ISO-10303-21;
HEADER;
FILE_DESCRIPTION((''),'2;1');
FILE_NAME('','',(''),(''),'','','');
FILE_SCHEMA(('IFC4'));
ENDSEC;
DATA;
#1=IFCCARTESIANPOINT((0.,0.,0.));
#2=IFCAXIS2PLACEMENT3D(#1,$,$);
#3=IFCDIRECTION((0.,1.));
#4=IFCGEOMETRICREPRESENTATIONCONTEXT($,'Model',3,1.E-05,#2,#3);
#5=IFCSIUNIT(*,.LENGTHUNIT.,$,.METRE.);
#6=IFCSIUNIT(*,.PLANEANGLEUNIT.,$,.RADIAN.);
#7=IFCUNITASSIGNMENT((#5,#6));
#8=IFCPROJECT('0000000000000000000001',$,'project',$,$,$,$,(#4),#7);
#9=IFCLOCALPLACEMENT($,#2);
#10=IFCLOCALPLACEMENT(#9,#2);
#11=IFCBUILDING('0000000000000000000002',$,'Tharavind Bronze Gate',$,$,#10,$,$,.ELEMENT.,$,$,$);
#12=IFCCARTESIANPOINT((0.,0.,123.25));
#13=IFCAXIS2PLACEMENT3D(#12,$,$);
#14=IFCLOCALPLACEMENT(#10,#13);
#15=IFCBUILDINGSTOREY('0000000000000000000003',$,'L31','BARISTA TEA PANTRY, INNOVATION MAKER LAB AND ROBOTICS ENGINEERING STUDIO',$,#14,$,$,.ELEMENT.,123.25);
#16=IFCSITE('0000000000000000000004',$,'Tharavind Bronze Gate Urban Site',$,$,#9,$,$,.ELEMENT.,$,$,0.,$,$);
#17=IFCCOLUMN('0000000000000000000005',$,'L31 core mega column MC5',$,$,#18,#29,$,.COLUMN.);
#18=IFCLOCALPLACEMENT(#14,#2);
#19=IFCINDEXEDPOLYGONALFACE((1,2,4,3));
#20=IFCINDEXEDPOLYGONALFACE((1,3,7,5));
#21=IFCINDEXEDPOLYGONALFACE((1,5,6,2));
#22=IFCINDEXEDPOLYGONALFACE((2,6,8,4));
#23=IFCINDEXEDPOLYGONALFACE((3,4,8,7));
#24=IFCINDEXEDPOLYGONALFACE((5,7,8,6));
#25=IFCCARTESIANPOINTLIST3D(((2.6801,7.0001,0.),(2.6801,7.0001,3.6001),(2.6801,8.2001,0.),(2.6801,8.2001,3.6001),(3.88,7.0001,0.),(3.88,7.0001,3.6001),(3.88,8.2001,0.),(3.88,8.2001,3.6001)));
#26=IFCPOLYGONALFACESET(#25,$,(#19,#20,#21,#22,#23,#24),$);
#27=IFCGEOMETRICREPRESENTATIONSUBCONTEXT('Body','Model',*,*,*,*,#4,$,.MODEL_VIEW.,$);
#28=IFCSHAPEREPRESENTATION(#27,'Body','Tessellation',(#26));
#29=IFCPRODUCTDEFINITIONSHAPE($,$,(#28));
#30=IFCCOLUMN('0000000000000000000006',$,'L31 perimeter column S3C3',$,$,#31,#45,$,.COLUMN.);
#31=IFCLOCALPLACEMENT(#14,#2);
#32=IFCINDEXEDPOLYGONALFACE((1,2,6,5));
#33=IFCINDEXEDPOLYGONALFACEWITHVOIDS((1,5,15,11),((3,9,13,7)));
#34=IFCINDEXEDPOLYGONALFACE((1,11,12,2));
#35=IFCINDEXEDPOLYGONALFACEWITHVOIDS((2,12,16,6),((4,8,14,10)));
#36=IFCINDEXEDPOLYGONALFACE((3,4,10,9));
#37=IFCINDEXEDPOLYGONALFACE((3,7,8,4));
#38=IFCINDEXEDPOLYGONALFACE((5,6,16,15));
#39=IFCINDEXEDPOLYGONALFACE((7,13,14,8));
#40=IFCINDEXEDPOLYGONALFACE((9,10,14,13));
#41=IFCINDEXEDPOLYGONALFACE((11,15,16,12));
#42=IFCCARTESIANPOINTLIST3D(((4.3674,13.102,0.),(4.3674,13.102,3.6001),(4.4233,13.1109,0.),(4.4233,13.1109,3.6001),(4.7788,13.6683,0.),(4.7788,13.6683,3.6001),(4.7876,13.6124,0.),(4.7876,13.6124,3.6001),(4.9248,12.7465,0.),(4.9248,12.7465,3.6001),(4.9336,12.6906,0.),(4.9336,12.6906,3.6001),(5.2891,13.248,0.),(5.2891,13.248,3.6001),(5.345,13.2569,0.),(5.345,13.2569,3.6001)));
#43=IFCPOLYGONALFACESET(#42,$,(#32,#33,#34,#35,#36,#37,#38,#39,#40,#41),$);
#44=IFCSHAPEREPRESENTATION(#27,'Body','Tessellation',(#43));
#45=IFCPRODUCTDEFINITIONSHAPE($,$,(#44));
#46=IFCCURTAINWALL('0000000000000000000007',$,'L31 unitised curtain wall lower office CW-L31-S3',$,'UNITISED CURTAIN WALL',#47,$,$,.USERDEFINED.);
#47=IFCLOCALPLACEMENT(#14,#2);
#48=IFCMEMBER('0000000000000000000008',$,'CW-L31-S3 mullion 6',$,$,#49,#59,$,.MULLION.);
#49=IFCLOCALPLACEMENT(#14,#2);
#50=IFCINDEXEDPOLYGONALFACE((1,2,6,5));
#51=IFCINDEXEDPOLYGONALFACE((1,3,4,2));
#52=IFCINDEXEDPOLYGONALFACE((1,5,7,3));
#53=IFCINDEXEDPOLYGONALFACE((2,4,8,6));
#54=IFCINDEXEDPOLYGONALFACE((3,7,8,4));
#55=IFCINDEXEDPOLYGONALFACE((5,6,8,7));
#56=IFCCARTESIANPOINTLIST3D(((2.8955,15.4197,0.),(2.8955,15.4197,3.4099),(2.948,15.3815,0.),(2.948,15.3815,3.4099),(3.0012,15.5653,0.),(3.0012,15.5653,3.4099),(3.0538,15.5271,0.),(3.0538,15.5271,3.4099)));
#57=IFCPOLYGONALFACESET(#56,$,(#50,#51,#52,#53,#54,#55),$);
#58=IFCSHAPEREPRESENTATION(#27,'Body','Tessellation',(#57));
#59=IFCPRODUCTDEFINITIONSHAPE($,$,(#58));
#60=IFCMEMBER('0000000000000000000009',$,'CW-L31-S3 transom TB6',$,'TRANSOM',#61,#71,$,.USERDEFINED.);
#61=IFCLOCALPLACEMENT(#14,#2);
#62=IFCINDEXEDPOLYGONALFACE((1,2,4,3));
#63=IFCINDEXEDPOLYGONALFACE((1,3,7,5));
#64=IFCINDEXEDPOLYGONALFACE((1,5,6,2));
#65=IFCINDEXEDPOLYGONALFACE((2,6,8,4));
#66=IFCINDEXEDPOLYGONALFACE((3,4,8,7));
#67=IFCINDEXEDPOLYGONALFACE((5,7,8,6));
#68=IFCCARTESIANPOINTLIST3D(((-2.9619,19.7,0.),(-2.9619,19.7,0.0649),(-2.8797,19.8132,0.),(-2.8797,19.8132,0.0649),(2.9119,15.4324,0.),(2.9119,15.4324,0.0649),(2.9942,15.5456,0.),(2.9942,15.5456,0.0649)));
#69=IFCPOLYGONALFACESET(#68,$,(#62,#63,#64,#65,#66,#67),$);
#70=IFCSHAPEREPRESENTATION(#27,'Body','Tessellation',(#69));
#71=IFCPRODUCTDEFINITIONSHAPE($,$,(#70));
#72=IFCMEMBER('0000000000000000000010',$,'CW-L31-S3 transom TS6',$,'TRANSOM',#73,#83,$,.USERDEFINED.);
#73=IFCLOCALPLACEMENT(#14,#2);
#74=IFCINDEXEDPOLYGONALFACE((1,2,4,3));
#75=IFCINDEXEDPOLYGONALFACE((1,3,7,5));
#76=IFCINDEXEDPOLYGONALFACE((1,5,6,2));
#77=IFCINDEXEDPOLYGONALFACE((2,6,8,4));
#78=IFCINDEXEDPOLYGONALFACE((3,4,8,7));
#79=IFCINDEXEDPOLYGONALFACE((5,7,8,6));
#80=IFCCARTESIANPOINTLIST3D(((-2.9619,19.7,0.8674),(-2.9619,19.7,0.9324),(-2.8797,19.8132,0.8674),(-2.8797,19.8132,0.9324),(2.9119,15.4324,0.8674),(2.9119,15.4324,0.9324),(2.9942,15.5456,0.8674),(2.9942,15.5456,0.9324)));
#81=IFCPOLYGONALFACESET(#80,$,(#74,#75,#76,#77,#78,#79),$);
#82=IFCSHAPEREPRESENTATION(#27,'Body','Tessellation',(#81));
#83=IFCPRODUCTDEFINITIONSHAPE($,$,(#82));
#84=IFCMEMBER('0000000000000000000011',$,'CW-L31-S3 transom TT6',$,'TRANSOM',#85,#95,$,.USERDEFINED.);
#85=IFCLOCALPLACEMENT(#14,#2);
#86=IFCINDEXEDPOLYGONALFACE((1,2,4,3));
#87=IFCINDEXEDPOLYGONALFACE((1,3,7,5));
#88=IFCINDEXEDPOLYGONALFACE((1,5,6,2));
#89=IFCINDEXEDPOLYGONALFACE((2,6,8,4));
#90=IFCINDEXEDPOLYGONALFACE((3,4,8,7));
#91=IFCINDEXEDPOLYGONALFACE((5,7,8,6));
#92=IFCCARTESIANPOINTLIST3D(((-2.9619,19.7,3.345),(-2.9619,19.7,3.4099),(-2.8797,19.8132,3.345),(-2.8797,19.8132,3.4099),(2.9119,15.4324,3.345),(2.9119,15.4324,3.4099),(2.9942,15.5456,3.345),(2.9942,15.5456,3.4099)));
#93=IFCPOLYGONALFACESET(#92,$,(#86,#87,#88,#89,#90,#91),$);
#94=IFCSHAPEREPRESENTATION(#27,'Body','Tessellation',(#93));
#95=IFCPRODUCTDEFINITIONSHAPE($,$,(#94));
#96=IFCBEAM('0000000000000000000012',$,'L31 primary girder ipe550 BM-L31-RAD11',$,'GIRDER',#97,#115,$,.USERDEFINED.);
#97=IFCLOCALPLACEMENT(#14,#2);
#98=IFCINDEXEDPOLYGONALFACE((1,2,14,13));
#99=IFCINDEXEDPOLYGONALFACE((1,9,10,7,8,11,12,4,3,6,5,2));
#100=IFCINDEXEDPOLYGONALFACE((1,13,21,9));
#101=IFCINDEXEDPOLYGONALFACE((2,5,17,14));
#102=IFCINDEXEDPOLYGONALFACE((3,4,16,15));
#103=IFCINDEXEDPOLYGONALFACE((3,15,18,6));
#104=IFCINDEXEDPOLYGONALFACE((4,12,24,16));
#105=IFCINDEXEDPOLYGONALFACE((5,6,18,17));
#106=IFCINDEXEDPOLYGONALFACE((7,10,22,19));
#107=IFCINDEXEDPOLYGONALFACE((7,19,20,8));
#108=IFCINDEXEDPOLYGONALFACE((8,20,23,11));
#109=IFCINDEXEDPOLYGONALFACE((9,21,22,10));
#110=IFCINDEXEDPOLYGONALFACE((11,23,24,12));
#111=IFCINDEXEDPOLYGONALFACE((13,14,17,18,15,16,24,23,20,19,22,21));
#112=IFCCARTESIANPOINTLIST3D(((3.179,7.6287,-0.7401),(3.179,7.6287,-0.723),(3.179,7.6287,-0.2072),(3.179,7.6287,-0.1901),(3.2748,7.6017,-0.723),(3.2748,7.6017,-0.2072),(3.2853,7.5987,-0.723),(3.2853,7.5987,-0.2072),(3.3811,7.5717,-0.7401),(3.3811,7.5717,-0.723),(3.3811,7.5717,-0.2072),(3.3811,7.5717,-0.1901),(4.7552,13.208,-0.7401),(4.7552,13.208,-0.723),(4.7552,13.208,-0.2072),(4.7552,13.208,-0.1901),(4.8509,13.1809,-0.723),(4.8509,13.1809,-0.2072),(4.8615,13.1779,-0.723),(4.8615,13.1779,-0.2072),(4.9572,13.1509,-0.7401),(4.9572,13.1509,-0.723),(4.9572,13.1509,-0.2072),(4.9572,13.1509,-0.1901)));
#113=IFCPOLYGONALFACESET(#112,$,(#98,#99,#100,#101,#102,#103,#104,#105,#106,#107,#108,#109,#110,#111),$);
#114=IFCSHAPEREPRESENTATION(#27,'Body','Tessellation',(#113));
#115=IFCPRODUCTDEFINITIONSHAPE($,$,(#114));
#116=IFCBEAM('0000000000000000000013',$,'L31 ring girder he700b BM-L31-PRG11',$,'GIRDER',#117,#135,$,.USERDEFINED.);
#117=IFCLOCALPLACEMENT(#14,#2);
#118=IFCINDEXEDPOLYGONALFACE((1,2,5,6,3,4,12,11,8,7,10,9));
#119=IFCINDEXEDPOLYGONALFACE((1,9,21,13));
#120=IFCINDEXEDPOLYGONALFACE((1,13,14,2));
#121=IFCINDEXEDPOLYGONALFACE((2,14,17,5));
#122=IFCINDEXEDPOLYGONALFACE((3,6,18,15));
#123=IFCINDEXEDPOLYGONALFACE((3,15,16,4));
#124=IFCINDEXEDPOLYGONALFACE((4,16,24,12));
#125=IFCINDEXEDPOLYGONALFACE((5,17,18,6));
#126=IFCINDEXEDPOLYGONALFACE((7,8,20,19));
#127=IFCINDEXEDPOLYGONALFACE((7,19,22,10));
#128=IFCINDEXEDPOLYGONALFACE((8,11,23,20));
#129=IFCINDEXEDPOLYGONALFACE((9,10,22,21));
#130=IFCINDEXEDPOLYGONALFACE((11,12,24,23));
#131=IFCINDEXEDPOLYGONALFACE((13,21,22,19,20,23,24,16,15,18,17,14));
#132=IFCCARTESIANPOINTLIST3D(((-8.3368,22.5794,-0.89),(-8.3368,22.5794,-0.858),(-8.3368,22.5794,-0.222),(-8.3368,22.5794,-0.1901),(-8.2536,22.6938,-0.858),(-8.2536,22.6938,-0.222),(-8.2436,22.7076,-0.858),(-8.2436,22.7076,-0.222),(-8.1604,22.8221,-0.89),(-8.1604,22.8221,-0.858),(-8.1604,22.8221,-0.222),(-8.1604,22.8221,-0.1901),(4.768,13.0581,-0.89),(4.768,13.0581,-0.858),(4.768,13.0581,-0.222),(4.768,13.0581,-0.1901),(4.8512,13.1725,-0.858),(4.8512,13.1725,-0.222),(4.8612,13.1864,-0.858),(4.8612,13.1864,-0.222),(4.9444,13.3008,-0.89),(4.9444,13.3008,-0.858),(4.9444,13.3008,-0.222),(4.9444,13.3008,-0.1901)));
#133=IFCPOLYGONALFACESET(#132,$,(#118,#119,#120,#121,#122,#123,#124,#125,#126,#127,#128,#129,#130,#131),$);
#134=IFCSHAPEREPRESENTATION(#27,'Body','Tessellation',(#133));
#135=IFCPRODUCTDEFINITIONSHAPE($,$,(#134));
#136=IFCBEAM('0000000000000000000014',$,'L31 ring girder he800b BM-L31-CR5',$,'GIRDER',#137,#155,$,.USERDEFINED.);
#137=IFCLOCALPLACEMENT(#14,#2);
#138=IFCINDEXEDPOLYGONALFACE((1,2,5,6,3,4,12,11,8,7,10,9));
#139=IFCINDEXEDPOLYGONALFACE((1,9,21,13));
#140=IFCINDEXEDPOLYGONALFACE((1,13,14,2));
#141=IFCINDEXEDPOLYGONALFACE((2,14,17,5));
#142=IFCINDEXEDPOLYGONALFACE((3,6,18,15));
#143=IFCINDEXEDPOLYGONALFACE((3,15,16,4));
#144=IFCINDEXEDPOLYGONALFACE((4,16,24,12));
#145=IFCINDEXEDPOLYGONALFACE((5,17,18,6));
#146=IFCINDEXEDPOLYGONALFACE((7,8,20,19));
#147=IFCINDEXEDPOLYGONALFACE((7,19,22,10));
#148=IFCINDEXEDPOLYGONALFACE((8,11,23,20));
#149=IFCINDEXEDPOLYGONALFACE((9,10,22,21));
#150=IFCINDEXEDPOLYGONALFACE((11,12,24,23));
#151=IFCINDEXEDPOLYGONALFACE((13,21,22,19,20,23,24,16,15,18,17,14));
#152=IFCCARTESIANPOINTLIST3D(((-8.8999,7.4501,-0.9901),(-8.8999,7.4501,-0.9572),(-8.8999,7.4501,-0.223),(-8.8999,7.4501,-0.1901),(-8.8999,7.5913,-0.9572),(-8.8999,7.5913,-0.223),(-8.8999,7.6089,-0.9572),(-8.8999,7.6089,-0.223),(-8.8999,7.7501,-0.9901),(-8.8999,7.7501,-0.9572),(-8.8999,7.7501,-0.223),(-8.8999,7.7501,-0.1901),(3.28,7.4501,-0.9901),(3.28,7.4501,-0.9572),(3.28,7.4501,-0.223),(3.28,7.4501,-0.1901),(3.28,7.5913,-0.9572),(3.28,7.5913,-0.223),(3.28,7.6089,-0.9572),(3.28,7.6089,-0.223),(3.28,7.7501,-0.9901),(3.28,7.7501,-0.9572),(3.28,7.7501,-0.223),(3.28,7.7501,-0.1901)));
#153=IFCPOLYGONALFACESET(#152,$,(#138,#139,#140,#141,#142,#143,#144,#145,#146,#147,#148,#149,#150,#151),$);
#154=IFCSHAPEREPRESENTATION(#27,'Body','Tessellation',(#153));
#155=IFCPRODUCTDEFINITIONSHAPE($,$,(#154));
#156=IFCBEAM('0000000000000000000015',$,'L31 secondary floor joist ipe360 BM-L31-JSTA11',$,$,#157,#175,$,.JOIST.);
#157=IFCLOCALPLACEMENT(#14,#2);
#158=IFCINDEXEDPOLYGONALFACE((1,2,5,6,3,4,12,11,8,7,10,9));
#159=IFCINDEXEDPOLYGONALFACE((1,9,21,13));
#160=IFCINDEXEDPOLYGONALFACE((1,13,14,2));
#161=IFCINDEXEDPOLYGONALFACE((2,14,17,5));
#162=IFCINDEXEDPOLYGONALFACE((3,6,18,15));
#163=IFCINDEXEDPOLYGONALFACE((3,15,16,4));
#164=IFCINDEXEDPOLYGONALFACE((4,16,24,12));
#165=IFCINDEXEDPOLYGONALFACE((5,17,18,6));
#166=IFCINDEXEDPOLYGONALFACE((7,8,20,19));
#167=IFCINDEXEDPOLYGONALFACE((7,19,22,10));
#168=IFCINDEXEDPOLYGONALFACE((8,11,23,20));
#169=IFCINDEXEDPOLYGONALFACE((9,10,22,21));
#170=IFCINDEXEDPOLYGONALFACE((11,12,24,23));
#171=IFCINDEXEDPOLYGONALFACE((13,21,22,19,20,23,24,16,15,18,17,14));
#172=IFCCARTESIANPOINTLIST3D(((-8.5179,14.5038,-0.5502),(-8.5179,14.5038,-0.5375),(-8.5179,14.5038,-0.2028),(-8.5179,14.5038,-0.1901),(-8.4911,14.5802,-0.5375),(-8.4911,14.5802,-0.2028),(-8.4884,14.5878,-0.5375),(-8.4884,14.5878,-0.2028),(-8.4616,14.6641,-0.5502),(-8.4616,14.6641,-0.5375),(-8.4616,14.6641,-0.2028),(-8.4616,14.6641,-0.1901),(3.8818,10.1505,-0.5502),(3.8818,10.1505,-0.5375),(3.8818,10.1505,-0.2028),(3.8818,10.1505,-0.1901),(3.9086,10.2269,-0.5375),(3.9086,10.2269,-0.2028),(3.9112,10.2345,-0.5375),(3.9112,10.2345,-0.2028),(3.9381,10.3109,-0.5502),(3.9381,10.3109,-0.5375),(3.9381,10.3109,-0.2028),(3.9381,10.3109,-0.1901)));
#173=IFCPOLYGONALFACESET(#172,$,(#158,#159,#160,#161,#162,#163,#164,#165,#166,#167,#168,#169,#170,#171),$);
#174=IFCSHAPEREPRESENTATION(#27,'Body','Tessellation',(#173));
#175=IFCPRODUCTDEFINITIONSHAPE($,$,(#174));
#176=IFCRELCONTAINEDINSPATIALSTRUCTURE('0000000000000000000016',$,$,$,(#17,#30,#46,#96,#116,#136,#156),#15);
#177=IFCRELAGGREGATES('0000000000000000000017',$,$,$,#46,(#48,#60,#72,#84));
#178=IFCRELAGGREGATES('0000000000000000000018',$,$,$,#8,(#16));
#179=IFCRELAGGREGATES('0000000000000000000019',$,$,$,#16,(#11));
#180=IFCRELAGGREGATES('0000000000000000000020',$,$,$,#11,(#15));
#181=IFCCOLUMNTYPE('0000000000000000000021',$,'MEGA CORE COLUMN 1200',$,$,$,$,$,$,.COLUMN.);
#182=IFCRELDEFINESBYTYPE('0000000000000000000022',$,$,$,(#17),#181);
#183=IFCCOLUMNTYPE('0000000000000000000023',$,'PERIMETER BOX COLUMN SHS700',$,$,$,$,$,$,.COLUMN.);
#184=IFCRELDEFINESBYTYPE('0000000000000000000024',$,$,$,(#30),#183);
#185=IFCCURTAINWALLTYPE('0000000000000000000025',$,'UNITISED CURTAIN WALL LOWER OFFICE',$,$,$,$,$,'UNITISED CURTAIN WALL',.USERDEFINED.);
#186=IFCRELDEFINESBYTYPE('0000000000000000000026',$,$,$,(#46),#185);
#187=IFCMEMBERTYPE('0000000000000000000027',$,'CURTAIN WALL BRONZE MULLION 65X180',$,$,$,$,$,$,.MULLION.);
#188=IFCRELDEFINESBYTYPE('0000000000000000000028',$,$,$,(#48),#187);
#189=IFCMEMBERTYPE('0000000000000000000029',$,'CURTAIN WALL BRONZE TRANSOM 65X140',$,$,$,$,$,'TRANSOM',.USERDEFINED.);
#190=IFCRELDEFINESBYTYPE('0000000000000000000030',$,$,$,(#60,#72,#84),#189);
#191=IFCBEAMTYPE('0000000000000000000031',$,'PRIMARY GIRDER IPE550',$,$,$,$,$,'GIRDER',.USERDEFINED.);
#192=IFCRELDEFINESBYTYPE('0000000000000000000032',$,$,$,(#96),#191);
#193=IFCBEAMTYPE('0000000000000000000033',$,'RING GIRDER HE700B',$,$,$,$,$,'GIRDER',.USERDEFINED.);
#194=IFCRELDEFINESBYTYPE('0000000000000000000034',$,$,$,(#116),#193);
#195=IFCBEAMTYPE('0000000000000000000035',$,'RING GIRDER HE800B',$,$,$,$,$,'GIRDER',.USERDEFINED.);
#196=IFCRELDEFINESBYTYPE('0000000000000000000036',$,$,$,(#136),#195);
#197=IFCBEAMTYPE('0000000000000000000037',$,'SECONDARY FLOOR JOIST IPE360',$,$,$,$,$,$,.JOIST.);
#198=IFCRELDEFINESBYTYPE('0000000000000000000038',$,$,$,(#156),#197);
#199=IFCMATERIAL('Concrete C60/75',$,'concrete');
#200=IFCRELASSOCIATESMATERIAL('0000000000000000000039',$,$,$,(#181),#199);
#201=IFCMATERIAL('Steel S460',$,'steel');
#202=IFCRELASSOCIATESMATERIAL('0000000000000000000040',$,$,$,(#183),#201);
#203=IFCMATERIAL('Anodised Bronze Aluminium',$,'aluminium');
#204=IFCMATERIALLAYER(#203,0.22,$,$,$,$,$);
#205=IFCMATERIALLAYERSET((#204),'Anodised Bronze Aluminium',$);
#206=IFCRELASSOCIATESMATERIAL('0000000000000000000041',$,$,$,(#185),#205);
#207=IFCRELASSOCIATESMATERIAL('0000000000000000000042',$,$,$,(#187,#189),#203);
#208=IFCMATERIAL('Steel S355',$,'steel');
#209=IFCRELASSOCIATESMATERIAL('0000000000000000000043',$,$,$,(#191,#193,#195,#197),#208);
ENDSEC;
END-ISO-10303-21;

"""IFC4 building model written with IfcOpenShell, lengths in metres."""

from ifc_helpers import new_model, si_unit, direction, frame, origin, origin_2d, place, context, subcontext, project, spatial, rectangle, hollow_rectangle, i_section, extrude, material, layer, layer_set, material_profile, profile_set, type_object, element, aggregate, save


model = new_model("IFC4")

# Units and contexts
model_context = context("Model", 3, precision=1e-05, world=origin(), true_north=direction((0.0, 1.0)))
body_context = subcontext(model_context, "Body", "Model", "MODEL_VIEW")
ifc_project = project(units=[si_unit("LENGTHUNIT", "METRE"), si_unit("PLANEANGLEUNIT", "RADIAN")], contexts=[model_context])

# Site, building, storey
site_placement = place(None, origin())
site = spatial("IfcSite", under=ifc_project, at=site_placement, Name="Tharavind Bronze Gate Urban Site", CompositionType="ELEMENT", RefElevation=0.0)
building_placement = place(site_placement, origin())
building = spatial("IfcBuilding", under=site, at=building_placement, Name="Tharavind Bronze Gate", CompositionType="ELEMENT")
storey_placement = place(building_placement, frame((0.0, 0.0, 123.25)))
storey = spatial("IfcBuildingStorey", under=building, at=storey_placement, Name="L31", Description="BARISTA TEA PANTRY, INNOVATION MAKER LAB AND ROBOTICS ENGINEERING STUDIO", CompositionType="ELEMENT", Elevation=123.25)

# Columns
ifc_material_1 = material(Name="Concrete C60/75", Category="concrete")
ifc_material_profile_1 = material_profile(ifc_material_1, rectangle(XDim=1.2, YDim=1.2, at=origin_2d()), Name="RCCOL1200")
ifc_profile_set_1 = profile_set([ifc_material_profile_1], Name="Concrete C60/75")
column_type_1 = type_object("IfcColumnType", Name="MEGA CORE COLUMN 1200", PredefinedType="COLUMN", material=ifc_profile_set_1)
column_1_placement = place(storey_placement, frame((3.28, 7.6001, 0.0), z_axis=(0.0, 0.0, 1.0), x_axis=(1.0, 0.0, 0.0)))
element("IfcColumn", 1, at=column_1_placement, inside=storey, type_object=column_type_1, Name="L31 core mega column MC5", PredefinedType="COLUMN", context=body_context, shape_type="SweptSolid", body=[
    extrude(rectangle(XDim=1.2, YDim=1.2, at=origin_2d()), origin(), (0.0, 0.0, 1.0), 3.6001),
])
ifc_material_2 = material(Name="Steel S460", Category="steel")
ifc_material_profile_2 = material_profile(ifc_material_2, hollow_rectangle(XDim=0.7, YDim=0.7, WallThickness=0.04, at=origin_2d()), Name="SHS700X40")
ifc_profile_set_2 = profile_set([ifc_material_profile_2], Name="Steel S460")
column_type_2 = type_object("IfcColumnType", Name="PERIMETER BOX COLUMN SHS700", PredefinedType="COLUMN", material=ifc_profile_set_2)
column_2_placement = place(storey_placement, frame((4.8562, 13.1794, 0.0), z_axis=(0.0, 0.0, 1.0), x_axis=(-0.809017, 0.587785, 0.0)))
element("IfcColumn", 2, at=column_2_placement, inside=storey, type_object=column_type_2, Name="L31 perimeter column S3C3", PredefinedType="COLUMN", context=body_context, shape_type="SweptSolid", body=[
    extrude(hollow_rectangle(XDim=0.7, YDim=0.7, WallThickness=0.04, at=origin_2d()), origin(), (0.0, 0.0, 1.0), 3.6001),
])

# Curtain wall, members
ifc_material_3 = material(Name="Anodised Bronze Aluminium", Category="aluminium")
ifc_layer_1 = layer(ifc_material_3, 0.22)
ifc_layer_set_1 = layer_set([ifc_layer_1], Name="Anodised Bronze Aluminium")
curtain_wall_type = type_object("IfcCurtainWallType", Name="UNITISED CURTAIN WALL LOWER OFFICE", ElementType="UNITISED CURTAIN WALL", PredefinedType="USERDEFINED", material=ifc_layer_set_1)
curtain_wall_placement = place(storey_placement, origin())
curtain_wall = element("IfcCurtainWall", 3, at=curtain_wall_placement, inside=storey, type_object=curtain_wall_type, Name="L31 unitised curtain wall lower office CW-L31-S3", ObjectType="UNITISED CURTAIN WALL", PredefinedType="USERDEFINED")
member_type_1 = type_object("IfcMemberType", Name="CURTAIN WALL BRONZE MULLION 65X180", PredefinedType="MULLION", material=ifc_material_3)
member_1_placement = place(storey_placement, frame((2.9746, 15.4734, 0.0), z_axis=(0.0, 0.0, 1.0), x_axis=(-0.809017, 0.587785, 0.0)))
member_1 = element("IfcMember", 4, at=member_1_placement, type_object=member_type_1, Name="CW-L31-S3 mullion 6", PredefinedType="MULLION", context=body_context, shape_type="SweptSolid", body=[
    extrude(rectangle(XDim=0.0649, YDim=0.1799, at=origin_2d()), origin(), (0.0, 0.0, 1.0), 3.4099),
])
member_type_2 = type_object("IfcMemberType", Name="CURTAIN WALL BRONZE TRANSOM 65X140", ElementType="TRANSOM", PredefinedType="USERDEFINED", material=ifc_material_3)
member_2_placement = place(storey_placement, frame((0.0161, 17.6228, 0.0), z_axis=(0.0, 0.0, 1.0), x_axis=(-0.809017, 0.587785, 0.0)))
member_2 = element("IfcMember", 5, at=member_2_placement, type_object=member_type_2, Name="CW-L31-S3 transom TB6", ObjectType="TRANSOM", PredefinedType="USERDEFINED", context=body_context, shape_type="SweptSolid", body=[
    extrude(rectangle(XDim=7.2605, YDim=0.1399, at=origin_2d()), origin(), (0.0, 0.0, 1.0), 0.0649),
])
member_3_placement = place(storey_placement, frame((0.0161, 17.6228, 0.8674), z_axis=(0.0, 0.0, 1.0), x_axis=(-0.809017, 0.587785, 0.0)))
member_3 = element("IfcMember", 6, at=member_3_placement, type_object=member_type_2, Name="CW-L31-S3 transom TS6", ObjectType="TRANSOM", PredefinedType="USERDEFINED", context=body_context, shape_type="SweptSolid", body=[
    extrude(rectangle(XDim=7.2605, YDim=0.1399, at=origin_2d()), origin(), (0.0, 0.0, 1.0), 0.0649),
])
member_4_placement = place(storey_placement, frame((0.0161, 17.6228, 3.345), z_axis=(0.0, 0.0, 1.0), x_axis=(-0.809017, 0.587785, 0.0)))
member_4 = element("IfcMember", 7, at=member_4_placement, type_object=member_type_2, Name="CW-L31-S3 transom TT6", ObjectType="TRANSOM", PredefinedType="USERDEFINED", context=body_context, shape_type="SweptSolid", body=[
    extrude(rectangle(XDim=7.2605, YDim=0.1399, at=origin_2d()), origin(), (0.0, 0.0, 1.0), 0.0649),
])

# Beams
ifc_material_4 = material(Name="Steel S355", Category="steel")
ifc_material_profile_3 = material_profile(ifc_material_4, i_section(OverallWidth=0.21, OverallDepth=0.55, WebThickness=0.011, FlangeThickness=0.0171, at=origin_2d()), Name="IPE550")
ifc_profile_set_3 = profile_set([ifc_material_profile_3], Name="Steel S355")
beam_type_1 = type_object("IfcBeamType", Name="PRIMARY GIRDER IPE550", ElementType="GIRDER", PredefinedType="USERDEFINED", material=ifc_profile_set_3)
beam_1_placement = place(storey_placement, frame((4.8562, 13.1794, -0.4651), z_axis=(-0.271861, -0.962336, 0.0), x_axis=(0.962336, -0.271861, 0.0)))
element("IfcBeam", 8, at=beam_1_placement, inside=storey, type_object=beam_type_1, Name="L31 primary girder ipe550 BM-L31-RAD11", ObjectType="GIRDER", PredefinedType="USERDEFINED", context=body_context, shape_type="SweptSolid", body=[
    extrude(i_section(OverallWidth=0.21, OverallDepth=0.55, WebThickness=0.011, FlangeThickness=0.0171, at=origin_2d()), origin(), (0.0, 0.0, 1.0), 5.7976),
])
ifc_material_profile_4 = material_profile(ifc_material_4, i_section(OverallWidth=0.3, OverallDepth=0.7, WebThickness=0.0171, FlangeThickness=0.032, at=origin_2d()), Name="HE700B")
ifc_profile_set_4 = profile_set([ifc_material_profile_4], Name="Steel S355")
beam_type_2 = type_object("IfcBeamType", Name="RING GIRDER HE700B", ElementType="GIRDER", PredefinedType="USERDEFINED", material=ifc_profile_set_4)
beam_2_placement = place(storey_placement, frame((4.8562, 13.1794, -0.54), z_axis=(-0.809014, 0.587789, 0.0), x_axis=(-0.587789, -0.809014, 0.0)))
element("IfcBeam", 9, at=beam_2_placement, inside=storey, type_object=beam_type_2, Name="L31 ring girder he700b BM-L31-PRG11", ObjectType="GIRDER", PredefinedType="USERDEFINED", context=body_context, shape_type="SweptSolid", body=[
    extrude(i_section(OverallWidth=0.3, OverallDepth=0.7, WebThickness=0.0171, FlangeThickness=0.032, at=origin_2d()), origin(), (0.0, 0.0, 1.0), 16.1985),
])
ifc_material_profile_5 = material_profile(ifc_material_4, i_section(OverallWidth=0.3, OverallDepth=0.8, WebThickness=0.0176, FlangeThickness=0.033, at=origin_2d()), Name="HE800B")
ifc_profile_set_5 = profile_set([ifc_material_profile_5], Name="Steel S355")
beam_type_3 = type_object("IfcBeamType", Name="RING GIRDER HE800B", ElementType="GIRDER", PredefinedType="USERDEFINED", material=ifc_profile_set_5)
beam_3_placement = place(storey_placement, frame((3.28, 7.6001, -0.5901), z_axis=(-1.0, 0.0, 0.0), x_axis=(0.0, -1.0, 0.0)))
element("IfcBeam", 10, at=beam_3_placement, inside=storey, type_object=beam_type_3, Name="L31 ring girder he800b BM-L31-CR5", ObjectType="GIRDER", PredefinedType="USERDEFINED", context=body_context, shape_type="SweptSolid", body=[
    extrude(i_section(OverallWidth=0.3, OverallDepth=0.8, WebThickness=0.0176, FlangeThickness=0.033, at=origin_2d()), origin(), (0.0, 0.0, 1.0), 12.1799),
])
ifc_material_profile_6 = material_profile(ifc_material_4, i_section(OverallWidth=0.1699, OverallDepth=0.3601, WebThickness=0.0081, FlangeThickness=0.0127, at=origin_2d()), Name="IPE360")
ifc_profile_set_6 = profile_set([ifc_material_profile_6], Name="Steel S355")
beam_type_4 = type_object("IfcBeamType", Name="SECONDARY FLOOR JOIST IPE360", PredefinedType="JOIST", material=ifc_profile_set_6)
beam_4_placement = place(storey_placement, frame((3.9099, 10.2307, -0.3701), z_axis=(-0.94354, 0.331258, 0.0), x_axis=(-0.331258, -0.94354, 0.0)))
element("IfcBeam", 11, at=beam_4_placement, inside=storey, type_object=beam_type_4, Name="L31 secondary floor joist ipe360 BM-L31-JSTA11", PredefinedType="JOIST", context=body_context, shape_type="SweptSolid", body=[
    extrude(i_section(OverallWidth=0.1699, OverallDepth=0.3601, WebThickness=0.0081, FlangeThickness=0.0127, at=origin_2d()), origin(), (0.0, 0.0, 1.0), 13.1416),
])

aggregate(curtain_wall, [member_1, member_2, member_3, member_4])

save(model, "model.ifc")
